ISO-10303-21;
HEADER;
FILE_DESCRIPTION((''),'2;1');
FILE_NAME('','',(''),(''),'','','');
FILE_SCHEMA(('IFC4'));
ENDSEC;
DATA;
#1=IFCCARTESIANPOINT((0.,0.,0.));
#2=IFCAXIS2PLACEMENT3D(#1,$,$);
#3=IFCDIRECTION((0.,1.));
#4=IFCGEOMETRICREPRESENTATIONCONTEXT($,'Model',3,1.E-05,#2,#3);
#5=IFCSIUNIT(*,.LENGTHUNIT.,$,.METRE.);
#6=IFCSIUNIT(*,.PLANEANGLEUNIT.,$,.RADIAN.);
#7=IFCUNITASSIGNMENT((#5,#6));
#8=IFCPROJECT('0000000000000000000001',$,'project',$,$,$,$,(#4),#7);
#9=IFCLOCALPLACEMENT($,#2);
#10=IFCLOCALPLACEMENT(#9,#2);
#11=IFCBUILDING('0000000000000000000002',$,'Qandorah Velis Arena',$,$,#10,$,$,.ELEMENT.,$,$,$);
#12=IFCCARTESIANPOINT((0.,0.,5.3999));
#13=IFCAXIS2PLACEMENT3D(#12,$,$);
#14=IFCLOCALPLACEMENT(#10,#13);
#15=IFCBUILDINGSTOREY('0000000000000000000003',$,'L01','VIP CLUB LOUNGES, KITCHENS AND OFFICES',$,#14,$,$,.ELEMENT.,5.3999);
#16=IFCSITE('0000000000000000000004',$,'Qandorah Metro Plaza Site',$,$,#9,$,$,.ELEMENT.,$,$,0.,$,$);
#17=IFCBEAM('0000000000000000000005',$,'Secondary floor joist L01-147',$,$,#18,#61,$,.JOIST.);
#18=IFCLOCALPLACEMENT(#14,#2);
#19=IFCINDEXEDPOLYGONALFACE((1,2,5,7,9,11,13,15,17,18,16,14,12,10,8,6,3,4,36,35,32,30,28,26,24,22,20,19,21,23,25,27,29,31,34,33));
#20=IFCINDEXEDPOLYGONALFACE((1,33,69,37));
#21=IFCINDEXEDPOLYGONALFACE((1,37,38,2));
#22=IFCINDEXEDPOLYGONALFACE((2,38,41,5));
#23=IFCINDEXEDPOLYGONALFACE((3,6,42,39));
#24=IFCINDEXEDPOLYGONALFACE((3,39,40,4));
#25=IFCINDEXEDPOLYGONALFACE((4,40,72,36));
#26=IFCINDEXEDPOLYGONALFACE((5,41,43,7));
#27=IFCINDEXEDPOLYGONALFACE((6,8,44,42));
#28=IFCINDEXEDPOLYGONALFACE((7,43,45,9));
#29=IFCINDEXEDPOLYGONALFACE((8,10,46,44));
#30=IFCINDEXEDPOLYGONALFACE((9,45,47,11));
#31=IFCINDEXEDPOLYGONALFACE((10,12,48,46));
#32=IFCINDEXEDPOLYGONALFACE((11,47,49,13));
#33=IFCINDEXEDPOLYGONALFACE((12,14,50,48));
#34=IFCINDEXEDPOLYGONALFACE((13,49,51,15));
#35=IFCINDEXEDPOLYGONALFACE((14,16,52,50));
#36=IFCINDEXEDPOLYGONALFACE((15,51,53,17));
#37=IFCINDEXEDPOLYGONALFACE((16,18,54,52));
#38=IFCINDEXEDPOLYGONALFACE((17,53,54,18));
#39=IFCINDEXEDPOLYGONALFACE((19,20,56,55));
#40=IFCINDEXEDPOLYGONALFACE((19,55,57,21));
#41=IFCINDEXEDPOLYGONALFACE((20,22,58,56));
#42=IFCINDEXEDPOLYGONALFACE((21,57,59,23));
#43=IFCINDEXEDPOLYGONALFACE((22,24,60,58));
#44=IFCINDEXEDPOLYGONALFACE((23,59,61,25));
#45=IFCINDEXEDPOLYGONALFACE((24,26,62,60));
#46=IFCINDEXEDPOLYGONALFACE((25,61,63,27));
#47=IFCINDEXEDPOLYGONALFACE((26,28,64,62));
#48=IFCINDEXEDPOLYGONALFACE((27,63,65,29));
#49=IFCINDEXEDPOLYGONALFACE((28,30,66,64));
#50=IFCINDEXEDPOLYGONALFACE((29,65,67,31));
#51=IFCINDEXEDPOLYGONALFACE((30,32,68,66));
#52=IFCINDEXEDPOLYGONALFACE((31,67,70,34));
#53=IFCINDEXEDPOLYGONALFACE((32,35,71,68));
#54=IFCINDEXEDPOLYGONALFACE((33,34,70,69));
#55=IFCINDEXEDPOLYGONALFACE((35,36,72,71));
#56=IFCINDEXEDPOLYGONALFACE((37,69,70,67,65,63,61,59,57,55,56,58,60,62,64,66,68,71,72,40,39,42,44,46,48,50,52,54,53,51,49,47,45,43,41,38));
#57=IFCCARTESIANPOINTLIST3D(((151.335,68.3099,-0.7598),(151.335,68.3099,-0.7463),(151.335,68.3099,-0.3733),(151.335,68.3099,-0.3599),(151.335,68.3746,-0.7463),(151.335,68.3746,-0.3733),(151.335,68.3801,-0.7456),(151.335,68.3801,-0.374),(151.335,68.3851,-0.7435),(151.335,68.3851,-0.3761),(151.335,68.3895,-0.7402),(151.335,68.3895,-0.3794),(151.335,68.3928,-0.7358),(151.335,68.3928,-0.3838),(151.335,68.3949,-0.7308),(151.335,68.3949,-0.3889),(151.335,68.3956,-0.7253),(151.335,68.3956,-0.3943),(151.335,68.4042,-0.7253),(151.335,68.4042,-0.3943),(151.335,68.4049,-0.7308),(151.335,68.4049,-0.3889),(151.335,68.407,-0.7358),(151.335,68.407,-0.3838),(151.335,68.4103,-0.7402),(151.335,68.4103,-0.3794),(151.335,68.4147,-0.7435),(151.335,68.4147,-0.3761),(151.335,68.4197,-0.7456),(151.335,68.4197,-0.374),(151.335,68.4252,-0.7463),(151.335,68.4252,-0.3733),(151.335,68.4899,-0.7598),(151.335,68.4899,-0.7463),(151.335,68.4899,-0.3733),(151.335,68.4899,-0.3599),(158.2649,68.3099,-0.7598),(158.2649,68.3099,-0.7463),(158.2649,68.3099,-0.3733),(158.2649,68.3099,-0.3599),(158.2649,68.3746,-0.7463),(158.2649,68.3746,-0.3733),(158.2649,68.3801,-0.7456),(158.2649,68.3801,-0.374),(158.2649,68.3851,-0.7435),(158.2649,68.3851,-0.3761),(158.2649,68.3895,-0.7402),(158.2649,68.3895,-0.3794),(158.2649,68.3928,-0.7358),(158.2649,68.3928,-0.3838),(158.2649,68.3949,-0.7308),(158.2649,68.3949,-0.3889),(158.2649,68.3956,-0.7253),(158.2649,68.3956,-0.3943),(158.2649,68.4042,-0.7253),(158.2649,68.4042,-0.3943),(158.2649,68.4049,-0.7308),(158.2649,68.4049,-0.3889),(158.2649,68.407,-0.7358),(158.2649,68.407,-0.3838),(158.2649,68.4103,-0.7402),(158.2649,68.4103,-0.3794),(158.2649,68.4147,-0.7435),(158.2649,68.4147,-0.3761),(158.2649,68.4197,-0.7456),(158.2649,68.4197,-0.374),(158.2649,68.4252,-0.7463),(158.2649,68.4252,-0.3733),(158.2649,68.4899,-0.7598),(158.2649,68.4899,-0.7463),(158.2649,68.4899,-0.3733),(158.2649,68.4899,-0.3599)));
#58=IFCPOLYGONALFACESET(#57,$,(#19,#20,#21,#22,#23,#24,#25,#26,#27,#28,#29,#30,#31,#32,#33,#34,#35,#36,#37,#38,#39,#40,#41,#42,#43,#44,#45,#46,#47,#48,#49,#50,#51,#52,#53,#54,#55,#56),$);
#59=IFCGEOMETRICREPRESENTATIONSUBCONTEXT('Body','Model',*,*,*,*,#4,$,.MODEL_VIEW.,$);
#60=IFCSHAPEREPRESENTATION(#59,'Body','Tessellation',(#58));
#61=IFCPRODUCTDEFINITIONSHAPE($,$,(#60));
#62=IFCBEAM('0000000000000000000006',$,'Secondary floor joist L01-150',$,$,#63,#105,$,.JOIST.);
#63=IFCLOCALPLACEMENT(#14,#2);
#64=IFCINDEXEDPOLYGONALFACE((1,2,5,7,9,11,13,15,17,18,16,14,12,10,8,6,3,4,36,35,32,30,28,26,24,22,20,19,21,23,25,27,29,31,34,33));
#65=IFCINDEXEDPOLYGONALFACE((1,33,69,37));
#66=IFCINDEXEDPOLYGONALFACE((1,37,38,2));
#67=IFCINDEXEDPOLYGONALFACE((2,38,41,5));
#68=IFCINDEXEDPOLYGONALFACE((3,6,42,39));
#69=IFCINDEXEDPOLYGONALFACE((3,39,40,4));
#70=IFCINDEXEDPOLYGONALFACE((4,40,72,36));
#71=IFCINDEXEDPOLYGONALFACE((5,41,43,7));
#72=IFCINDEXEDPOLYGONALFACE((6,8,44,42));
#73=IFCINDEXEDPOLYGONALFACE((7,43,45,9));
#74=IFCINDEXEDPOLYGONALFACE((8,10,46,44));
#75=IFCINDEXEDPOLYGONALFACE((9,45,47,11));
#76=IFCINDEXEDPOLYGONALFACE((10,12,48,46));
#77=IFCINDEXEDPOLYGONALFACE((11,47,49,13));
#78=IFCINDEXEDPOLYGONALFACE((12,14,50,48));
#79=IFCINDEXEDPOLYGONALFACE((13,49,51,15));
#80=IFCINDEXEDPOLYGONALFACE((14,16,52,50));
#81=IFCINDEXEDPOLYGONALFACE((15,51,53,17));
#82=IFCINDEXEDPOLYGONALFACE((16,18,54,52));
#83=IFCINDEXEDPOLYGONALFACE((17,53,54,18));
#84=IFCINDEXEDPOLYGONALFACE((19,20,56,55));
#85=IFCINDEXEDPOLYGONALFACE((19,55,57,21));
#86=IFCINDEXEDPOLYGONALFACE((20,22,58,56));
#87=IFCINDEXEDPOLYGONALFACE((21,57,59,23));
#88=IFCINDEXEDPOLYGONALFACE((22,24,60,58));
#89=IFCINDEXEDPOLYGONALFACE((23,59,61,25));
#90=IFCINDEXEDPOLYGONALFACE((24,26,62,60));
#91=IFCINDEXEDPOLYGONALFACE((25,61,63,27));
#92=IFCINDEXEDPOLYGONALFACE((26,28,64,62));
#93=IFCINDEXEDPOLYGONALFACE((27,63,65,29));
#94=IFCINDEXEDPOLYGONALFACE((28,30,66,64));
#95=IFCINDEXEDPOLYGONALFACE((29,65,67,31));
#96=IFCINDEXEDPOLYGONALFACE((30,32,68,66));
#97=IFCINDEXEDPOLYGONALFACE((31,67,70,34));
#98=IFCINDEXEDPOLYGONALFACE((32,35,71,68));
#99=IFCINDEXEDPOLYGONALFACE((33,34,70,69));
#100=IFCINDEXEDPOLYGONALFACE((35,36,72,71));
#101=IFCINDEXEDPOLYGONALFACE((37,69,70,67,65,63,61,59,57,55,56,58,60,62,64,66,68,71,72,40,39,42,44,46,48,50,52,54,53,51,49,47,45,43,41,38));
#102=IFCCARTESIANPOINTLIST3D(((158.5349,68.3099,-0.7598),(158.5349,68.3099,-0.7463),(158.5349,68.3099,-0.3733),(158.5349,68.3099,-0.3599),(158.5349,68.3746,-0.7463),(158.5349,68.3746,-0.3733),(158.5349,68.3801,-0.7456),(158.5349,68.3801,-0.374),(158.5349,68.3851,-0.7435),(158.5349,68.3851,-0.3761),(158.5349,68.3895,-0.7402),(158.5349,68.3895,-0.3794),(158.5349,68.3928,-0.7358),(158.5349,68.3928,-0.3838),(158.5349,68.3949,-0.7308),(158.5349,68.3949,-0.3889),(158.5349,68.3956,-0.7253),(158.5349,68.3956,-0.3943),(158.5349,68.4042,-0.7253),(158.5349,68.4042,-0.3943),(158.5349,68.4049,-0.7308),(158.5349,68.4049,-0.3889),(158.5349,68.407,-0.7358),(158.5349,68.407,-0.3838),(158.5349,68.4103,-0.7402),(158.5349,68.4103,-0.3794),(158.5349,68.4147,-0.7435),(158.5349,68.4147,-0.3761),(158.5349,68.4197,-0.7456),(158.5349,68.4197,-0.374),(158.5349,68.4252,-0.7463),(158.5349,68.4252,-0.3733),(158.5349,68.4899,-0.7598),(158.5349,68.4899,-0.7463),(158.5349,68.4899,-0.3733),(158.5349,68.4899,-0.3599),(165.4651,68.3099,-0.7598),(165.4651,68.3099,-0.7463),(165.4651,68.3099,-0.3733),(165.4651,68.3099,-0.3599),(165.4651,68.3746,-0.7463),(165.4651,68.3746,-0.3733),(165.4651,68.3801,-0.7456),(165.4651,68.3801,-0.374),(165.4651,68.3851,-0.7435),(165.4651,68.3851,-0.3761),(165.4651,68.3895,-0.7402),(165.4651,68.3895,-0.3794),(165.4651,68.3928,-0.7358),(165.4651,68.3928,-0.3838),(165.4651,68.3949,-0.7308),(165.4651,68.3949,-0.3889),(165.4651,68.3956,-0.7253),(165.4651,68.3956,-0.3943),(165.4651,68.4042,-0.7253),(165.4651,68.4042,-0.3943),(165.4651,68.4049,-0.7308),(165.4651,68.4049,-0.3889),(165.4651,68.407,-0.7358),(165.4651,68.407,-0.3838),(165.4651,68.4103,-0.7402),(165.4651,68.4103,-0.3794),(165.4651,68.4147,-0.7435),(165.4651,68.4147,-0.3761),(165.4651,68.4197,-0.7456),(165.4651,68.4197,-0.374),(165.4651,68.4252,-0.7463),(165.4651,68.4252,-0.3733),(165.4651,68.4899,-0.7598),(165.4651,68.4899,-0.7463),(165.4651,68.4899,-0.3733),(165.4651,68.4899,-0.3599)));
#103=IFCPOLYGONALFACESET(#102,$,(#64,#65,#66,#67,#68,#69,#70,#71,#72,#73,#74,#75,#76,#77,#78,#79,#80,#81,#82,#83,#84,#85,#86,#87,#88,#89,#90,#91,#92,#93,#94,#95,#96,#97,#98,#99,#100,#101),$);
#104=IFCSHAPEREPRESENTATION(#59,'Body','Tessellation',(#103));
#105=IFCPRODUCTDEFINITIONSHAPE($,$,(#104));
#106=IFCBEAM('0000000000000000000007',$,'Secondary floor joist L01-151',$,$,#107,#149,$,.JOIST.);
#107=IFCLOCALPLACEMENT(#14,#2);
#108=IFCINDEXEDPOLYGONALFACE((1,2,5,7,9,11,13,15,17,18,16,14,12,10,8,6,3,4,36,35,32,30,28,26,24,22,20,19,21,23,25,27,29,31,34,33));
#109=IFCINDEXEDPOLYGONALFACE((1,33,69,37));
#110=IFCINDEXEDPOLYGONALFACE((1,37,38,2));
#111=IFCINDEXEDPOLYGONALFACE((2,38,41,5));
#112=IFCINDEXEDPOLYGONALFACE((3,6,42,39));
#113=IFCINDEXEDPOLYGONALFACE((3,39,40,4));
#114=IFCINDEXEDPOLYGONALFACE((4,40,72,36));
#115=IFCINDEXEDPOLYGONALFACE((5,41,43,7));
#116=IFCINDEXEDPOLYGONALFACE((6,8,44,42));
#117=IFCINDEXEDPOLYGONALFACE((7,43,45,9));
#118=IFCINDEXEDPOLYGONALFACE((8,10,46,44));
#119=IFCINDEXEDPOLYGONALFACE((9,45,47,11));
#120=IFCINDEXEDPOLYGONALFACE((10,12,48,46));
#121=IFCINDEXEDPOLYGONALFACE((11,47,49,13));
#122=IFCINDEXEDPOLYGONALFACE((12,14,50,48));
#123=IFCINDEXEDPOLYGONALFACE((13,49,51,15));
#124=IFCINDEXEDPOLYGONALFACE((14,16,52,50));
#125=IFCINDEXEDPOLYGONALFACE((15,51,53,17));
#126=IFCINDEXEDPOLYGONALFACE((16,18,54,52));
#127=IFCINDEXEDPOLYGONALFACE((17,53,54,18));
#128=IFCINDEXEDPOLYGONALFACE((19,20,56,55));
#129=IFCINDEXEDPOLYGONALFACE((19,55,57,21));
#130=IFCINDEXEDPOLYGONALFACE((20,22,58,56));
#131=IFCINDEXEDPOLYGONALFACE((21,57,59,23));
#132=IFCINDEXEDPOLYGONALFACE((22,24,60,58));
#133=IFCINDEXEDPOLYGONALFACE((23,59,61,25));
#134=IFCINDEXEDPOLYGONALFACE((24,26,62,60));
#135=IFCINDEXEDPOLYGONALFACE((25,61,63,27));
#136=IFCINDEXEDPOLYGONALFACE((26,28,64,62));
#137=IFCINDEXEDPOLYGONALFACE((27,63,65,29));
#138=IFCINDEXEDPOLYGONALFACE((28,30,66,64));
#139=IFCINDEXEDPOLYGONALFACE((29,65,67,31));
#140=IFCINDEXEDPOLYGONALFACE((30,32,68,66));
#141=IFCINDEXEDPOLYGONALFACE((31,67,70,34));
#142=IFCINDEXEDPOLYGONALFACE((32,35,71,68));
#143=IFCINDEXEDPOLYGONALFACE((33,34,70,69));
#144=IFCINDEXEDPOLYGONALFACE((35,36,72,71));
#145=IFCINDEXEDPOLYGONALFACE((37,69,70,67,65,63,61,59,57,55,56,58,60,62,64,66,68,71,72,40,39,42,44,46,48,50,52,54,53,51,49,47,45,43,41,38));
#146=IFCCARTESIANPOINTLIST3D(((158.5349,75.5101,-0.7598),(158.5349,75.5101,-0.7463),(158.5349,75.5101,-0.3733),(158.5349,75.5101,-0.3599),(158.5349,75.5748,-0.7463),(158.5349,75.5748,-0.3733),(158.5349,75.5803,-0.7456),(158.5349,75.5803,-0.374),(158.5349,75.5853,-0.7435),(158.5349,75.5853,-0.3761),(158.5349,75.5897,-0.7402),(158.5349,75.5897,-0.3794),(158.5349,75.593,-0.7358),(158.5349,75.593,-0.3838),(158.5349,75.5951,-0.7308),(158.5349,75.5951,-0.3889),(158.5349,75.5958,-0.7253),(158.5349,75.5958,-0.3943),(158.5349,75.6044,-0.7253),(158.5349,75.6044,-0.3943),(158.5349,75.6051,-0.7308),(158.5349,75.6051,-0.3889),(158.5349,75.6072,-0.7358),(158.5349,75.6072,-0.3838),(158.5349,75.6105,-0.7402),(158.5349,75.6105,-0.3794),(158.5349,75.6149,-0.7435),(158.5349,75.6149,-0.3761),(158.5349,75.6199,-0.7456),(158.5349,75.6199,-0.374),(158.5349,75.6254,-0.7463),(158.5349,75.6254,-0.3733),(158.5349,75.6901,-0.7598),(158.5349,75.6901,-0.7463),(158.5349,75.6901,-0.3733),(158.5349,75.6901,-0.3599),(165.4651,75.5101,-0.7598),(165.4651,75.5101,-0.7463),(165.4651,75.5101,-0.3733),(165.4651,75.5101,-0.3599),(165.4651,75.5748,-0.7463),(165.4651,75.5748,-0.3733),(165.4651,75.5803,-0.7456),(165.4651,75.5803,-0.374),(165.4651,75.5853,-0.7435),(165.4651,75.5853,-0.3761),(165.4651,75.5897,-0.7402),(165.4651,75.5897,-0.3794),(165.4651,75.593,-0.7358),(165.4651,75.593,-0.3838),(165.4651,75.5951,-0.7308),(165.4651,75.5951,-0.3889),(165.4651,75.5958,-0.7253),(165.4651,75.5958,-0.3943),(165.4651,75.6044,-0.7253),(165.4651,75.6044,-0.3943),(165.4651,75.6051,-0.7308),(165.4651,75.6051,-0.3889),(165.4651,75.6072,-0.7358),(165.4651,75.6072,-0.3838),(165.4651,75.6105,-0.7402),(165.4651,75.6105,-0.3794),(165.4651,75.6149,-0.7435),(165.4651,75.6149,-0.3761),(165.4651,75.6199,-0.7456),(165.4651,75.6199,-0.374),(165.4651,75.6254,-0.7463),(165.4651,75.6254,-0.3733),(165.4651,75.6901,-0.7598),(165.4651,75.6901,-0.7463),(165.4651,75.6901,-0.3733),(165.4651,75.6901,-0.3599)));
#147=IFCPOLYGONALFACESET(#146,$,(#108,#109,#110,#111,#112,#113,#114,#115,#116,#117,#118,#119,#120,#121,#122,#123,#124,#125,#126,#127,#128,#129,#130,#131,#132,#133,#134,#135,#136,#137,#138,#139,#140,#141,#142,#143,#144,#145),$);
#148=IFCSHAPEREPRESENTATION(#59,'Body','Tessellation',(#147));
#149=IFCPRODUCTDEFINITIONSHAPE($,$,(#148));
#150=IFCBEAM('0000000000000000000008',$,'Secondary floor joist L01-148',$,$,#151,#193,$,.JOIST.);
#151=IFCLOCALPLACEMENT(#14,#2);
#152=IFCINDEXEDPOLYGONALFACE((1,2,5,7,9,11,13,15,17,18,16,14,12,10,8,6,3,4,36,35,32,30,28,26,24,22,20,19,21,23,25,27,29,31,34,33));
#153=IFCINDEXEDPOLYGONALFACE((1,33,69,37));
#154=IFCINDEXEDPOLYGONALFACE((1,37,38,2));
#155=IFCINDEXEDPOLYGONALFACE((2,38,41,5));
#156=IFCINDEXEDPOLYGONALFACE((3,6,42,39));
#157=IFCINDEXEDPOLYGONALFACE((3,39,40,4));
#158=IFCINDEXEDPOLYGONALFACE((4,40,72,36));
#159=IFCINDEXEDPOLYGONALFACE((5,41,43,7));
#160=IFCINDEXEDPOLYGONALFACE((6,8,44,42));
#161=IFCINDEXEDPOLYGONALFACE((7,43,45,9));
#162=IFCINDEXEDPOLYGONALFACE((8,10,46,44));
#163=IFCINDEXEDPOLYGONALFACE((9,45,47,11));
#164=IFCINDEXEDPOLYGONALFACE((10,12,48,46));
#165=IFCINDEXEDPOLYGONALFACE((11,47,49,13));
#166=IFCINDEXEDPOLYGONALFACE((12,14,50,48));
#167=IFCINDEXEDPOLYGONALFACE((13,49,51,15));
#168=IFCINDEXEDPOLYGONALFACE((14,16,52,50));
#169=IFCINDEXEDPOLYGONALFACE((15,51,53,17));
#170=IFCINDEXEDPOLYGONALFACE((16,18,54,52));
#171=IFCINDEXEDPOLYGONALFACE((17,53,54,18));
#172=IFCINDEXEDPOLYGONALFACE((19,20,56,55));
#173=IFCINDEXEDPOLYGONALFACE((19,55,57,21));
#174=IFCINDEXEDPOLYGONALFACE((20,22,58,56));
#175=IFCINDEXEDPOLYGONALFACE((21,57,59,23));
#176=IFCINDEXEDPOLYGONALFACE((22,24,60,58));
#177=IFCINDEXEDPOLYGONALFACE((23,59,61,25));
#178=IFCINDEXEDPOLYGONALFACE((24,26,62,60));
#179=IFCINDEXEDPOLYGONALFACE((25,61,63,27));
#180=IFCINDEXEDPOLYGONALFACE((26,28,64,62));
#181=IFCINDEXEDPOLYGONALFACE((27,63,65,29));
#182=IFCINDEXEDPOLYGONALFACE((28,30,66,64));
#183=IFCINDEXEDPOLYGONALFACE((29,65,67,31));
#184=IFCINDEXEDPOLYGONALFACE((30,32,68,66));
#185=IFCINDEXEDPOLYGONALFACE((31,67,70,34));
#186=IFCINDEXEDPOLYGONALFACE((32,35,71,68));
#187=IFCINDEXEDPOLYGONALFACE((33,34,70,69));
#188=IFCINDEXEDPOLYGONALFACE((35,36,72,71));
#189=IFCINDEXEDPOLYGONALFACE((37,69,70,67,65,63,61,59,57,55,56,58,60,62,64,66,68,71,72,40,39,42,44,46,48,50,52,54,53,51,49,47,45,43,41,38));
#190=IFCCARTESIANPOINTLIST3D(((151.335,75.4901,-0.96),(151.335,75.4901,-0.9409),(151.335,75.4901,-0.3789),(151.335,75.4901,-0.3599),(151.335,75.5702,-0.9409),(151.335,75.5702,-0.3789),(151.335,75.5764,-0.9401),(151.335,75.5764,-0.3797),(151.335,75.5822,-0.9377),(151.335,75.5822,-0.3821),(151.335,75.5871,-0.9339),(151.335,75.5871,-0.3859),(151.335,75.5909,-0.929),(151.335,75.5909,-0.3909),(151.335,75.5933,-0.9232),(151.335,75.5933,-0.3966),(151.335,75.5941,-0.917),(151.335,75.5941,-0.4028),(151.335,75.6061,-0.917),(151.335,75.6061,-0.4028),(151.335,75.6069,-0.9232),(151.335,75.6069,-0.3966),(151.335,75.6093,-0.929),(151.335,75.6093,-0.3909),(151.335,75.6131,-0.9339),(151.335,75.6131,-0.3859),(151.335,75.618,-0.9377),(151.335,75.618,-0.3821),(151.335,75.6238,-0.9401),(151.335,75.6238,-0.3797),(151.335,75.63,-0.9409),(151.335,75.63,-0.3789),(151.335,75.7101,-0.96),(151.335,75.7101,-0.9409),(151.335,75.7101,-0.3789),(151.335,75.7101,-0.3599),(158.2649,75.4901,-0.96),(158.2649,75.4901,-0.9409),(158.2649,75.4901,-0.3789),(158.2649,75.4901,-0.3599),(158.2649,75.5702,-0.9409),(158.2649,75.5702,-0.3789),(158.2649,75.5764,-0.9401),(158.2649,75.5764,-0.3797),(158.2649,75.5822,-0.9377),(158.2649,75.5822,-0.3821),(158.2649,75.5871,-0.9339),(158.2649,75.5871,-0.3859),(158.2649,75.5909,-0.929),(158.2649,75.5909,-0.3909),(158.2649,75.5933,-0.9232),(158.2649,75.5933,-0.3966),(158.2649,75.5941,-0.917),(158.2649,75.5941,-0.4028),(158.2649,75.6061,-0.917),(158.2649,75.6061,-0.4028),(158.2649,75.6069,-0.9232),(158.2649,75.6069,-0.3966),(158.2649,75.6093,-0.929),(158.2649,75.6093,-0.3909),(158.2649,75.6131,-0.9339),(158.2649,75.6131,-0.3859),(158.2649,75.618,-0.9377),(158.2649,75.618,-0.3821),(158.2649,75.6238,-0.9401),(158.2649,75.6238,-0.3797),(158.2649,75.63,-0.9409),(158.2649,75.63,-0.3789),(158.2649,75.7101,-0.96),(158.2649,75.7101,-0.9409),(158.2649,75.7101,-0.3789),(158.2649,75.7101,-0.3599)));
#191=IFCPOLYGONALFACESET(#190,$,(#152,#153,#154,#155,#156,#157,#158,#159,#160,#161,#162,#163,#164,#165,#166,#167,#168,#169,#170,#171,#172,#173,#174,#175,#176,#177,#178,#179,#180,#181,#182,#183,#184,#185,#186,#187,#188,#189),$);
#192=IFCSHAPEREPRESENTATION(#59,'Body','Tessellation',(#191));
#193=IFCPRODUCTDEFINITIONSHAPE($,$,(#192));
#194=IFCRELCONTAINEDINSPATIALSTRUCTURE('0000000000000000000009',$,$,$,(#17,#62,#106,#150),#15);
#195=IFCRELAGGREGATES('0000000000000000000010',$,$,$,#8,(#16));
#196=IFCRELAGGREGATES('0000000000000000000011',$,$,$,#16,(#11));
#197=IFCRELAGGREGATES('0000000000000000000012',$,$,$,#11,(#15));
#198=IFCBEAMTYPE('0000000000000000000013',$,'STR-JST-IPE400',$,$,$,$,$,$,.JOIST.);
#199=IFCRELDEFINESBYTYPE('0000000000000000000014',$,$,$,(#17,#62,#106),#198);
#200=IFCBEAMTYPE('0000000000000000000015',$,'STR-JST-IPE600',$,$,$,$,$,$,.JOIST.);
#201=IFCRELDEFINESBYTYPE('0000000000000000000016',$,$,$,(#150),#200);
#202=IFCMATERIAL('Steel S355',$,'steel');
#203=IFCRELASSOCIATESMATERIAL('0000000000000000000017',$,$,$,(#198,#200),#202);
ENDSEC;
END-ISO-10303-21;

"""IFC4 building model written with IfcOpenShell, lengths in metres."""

from ifc_helpers import new_model, si_unit, direction, frame, origin, origin_2d, place, context, subcontext, project, spatial, i_section, extrude, material, material_profile, profile_set, type_object, element, save


model = new_model("IFC4")

# Units and contexts
model_context = context("Model", 3, precision=1e-05, world=origin(), true_north=direction((0.0, 1.0)))
body_context = subcontext(model_context, "Body", "Model", "MODEL_VIEW")
ifc_project = project(units=[si_unit("LENGTHUNIT", "METRE"), si_unit("PLANEANGLEUNIT", "RADIAN")], contexts=[model_context])

# Site, building, storey
site_placement = place(None, origin())
site = spatial("IfcSite", under=ifc_project, at=site_placement, Name="Qandorah Metro Plaza Site", CompositionType="ELEMENT", RefElevation=0.0)
building_placement = place(site_placement, origin())
building = spatial("IfcBuilding", under=site, at=building_placement, Name="Qandorah Velis Arena", CompositionType="ELEMENT")
storey_placement = place(building_placement, frame((0.0, 0.0, 5.3999)))
storey = spatial("IfcBuildingStorey", under=building, at=storey_placement, Name="L01", Description="VIP CLUB LOUNGES, KITCHENS AND OFFICES", CompositionType="ELEMENT", Elevation=5.3999)

# Beams
ifc_material_1 = material(Name="Steel S355", Category="steel")
ifc_material_profile_1 = material_profile(ifc_material_1, i_section(OverallWidth=0.1799, OverallDepth=0.3999, WebThickness=0.0085, FlangeThickness=0.0134, FilletRadius=0.021, at=origin_2d()), Name="IPE 400")
ifc_profile_set_1 = profile_set([ifc_material_profile_1], Name="Steel S355")
beam_type_1 = type_object("IfcBeamType", Name="STR-JST-IPE400", PredefinedType="JOIST", material=ifc_profile_set_1)
beam_1_placement = place(storey_placement, frame((151.335, 68.3999, -0.5598), z_axis=(1.0, 0.0, 0.0), x_axis=(0.0, 1.0, 0.0)))
element("IfcBeam", 1, at=beam_1_placement, inside=storey, type_object=beam_type_1, Name="Secondary floor joist L01-147", PredefinedType="JOIST", context=body_context, shape_type="SweptSolid", body=[
    extrude(i_section(OverallWidth=0.1799, OverallDepth=0.3999, WebThickness=0.0085, FlangeThickness=0.0134, FilletRadius=0.021, at=origin_2d()), origin(), (0.0, 0.0, 1.0), 6.9299),
])
for number, where, z_axis, x_axis, name in (
    (2, (158.5349, 68.3999, -0.5598), (1.0, 0.0, 0.0), (0.0, 1.0, 0.0), "Secondary floor joist L01-150"),
    (3, (158.5349, 75.6001, -0.5598), (1.0, 0.0, 0.0), (0.0, 1.0, 0.0), "Secondary floor joist L01-151"),
):
    element("IfcBeam", number, at=place(storey_placement, frame(where, z_axis=z_axis, x_axis=x_axis)), inside=storey, type_object=beam_type_1, Name=name, PredefinedType="JOIST", context=body_context, shape_type="SweptSolid", body=[
        extrude(i_section(OverallWidth=0.1799, OverallDepth=0.3999, WebThickness=0.0085, FlangeThickness=0.0134, FilletRadius=0.021, at=origin_2d()), origin(), (0.0, 0.0, 1.0), 6.9302),
    ])
ifc_material_profile_2 = material_profile(ifc_material_1, i_section(OverallWidth=0.22, OverallDepth=0.6001, WebThickness=0.012, FlangeThickness=0.019, FilletRadius=0.0239, at=origin_2d()), Name="IPE 600")
ifc_profile_set_2 = profile_set([ifc_material_profile_2], Name="Steel S355")
beam_type_2 = type_object("IfcBeamType", Name="STR-JST-IPE600", PredefinedType="JOIST", material=ifc_profile_set_2)
beam_2_placement = place(storey_placement, frame((151.335, 75.6001, -0.6599), z_axis=(1.0, 0.0, 0.0), x_axis=(0.0, 1.0, 0.0)))
element("IfcBeam", 4, at=beam_2_placement, inside=storey, type_object=beam_type_2, Name="Secondary floor joist L01-148", PredefinedType="JOIST", context=body_context, shape_type="SweptSolid", body=[
    extrude(i_section(OverallWidth=0.22, OverallDepth=0.6001, WebThickness=0.012, FlangeThickness=0.019, FilletRadius=0.0239, at=origin_2d()), origin(), (0.0, 0.0, 1.0), 6.9299),
])

save(model, "model.ifc")
